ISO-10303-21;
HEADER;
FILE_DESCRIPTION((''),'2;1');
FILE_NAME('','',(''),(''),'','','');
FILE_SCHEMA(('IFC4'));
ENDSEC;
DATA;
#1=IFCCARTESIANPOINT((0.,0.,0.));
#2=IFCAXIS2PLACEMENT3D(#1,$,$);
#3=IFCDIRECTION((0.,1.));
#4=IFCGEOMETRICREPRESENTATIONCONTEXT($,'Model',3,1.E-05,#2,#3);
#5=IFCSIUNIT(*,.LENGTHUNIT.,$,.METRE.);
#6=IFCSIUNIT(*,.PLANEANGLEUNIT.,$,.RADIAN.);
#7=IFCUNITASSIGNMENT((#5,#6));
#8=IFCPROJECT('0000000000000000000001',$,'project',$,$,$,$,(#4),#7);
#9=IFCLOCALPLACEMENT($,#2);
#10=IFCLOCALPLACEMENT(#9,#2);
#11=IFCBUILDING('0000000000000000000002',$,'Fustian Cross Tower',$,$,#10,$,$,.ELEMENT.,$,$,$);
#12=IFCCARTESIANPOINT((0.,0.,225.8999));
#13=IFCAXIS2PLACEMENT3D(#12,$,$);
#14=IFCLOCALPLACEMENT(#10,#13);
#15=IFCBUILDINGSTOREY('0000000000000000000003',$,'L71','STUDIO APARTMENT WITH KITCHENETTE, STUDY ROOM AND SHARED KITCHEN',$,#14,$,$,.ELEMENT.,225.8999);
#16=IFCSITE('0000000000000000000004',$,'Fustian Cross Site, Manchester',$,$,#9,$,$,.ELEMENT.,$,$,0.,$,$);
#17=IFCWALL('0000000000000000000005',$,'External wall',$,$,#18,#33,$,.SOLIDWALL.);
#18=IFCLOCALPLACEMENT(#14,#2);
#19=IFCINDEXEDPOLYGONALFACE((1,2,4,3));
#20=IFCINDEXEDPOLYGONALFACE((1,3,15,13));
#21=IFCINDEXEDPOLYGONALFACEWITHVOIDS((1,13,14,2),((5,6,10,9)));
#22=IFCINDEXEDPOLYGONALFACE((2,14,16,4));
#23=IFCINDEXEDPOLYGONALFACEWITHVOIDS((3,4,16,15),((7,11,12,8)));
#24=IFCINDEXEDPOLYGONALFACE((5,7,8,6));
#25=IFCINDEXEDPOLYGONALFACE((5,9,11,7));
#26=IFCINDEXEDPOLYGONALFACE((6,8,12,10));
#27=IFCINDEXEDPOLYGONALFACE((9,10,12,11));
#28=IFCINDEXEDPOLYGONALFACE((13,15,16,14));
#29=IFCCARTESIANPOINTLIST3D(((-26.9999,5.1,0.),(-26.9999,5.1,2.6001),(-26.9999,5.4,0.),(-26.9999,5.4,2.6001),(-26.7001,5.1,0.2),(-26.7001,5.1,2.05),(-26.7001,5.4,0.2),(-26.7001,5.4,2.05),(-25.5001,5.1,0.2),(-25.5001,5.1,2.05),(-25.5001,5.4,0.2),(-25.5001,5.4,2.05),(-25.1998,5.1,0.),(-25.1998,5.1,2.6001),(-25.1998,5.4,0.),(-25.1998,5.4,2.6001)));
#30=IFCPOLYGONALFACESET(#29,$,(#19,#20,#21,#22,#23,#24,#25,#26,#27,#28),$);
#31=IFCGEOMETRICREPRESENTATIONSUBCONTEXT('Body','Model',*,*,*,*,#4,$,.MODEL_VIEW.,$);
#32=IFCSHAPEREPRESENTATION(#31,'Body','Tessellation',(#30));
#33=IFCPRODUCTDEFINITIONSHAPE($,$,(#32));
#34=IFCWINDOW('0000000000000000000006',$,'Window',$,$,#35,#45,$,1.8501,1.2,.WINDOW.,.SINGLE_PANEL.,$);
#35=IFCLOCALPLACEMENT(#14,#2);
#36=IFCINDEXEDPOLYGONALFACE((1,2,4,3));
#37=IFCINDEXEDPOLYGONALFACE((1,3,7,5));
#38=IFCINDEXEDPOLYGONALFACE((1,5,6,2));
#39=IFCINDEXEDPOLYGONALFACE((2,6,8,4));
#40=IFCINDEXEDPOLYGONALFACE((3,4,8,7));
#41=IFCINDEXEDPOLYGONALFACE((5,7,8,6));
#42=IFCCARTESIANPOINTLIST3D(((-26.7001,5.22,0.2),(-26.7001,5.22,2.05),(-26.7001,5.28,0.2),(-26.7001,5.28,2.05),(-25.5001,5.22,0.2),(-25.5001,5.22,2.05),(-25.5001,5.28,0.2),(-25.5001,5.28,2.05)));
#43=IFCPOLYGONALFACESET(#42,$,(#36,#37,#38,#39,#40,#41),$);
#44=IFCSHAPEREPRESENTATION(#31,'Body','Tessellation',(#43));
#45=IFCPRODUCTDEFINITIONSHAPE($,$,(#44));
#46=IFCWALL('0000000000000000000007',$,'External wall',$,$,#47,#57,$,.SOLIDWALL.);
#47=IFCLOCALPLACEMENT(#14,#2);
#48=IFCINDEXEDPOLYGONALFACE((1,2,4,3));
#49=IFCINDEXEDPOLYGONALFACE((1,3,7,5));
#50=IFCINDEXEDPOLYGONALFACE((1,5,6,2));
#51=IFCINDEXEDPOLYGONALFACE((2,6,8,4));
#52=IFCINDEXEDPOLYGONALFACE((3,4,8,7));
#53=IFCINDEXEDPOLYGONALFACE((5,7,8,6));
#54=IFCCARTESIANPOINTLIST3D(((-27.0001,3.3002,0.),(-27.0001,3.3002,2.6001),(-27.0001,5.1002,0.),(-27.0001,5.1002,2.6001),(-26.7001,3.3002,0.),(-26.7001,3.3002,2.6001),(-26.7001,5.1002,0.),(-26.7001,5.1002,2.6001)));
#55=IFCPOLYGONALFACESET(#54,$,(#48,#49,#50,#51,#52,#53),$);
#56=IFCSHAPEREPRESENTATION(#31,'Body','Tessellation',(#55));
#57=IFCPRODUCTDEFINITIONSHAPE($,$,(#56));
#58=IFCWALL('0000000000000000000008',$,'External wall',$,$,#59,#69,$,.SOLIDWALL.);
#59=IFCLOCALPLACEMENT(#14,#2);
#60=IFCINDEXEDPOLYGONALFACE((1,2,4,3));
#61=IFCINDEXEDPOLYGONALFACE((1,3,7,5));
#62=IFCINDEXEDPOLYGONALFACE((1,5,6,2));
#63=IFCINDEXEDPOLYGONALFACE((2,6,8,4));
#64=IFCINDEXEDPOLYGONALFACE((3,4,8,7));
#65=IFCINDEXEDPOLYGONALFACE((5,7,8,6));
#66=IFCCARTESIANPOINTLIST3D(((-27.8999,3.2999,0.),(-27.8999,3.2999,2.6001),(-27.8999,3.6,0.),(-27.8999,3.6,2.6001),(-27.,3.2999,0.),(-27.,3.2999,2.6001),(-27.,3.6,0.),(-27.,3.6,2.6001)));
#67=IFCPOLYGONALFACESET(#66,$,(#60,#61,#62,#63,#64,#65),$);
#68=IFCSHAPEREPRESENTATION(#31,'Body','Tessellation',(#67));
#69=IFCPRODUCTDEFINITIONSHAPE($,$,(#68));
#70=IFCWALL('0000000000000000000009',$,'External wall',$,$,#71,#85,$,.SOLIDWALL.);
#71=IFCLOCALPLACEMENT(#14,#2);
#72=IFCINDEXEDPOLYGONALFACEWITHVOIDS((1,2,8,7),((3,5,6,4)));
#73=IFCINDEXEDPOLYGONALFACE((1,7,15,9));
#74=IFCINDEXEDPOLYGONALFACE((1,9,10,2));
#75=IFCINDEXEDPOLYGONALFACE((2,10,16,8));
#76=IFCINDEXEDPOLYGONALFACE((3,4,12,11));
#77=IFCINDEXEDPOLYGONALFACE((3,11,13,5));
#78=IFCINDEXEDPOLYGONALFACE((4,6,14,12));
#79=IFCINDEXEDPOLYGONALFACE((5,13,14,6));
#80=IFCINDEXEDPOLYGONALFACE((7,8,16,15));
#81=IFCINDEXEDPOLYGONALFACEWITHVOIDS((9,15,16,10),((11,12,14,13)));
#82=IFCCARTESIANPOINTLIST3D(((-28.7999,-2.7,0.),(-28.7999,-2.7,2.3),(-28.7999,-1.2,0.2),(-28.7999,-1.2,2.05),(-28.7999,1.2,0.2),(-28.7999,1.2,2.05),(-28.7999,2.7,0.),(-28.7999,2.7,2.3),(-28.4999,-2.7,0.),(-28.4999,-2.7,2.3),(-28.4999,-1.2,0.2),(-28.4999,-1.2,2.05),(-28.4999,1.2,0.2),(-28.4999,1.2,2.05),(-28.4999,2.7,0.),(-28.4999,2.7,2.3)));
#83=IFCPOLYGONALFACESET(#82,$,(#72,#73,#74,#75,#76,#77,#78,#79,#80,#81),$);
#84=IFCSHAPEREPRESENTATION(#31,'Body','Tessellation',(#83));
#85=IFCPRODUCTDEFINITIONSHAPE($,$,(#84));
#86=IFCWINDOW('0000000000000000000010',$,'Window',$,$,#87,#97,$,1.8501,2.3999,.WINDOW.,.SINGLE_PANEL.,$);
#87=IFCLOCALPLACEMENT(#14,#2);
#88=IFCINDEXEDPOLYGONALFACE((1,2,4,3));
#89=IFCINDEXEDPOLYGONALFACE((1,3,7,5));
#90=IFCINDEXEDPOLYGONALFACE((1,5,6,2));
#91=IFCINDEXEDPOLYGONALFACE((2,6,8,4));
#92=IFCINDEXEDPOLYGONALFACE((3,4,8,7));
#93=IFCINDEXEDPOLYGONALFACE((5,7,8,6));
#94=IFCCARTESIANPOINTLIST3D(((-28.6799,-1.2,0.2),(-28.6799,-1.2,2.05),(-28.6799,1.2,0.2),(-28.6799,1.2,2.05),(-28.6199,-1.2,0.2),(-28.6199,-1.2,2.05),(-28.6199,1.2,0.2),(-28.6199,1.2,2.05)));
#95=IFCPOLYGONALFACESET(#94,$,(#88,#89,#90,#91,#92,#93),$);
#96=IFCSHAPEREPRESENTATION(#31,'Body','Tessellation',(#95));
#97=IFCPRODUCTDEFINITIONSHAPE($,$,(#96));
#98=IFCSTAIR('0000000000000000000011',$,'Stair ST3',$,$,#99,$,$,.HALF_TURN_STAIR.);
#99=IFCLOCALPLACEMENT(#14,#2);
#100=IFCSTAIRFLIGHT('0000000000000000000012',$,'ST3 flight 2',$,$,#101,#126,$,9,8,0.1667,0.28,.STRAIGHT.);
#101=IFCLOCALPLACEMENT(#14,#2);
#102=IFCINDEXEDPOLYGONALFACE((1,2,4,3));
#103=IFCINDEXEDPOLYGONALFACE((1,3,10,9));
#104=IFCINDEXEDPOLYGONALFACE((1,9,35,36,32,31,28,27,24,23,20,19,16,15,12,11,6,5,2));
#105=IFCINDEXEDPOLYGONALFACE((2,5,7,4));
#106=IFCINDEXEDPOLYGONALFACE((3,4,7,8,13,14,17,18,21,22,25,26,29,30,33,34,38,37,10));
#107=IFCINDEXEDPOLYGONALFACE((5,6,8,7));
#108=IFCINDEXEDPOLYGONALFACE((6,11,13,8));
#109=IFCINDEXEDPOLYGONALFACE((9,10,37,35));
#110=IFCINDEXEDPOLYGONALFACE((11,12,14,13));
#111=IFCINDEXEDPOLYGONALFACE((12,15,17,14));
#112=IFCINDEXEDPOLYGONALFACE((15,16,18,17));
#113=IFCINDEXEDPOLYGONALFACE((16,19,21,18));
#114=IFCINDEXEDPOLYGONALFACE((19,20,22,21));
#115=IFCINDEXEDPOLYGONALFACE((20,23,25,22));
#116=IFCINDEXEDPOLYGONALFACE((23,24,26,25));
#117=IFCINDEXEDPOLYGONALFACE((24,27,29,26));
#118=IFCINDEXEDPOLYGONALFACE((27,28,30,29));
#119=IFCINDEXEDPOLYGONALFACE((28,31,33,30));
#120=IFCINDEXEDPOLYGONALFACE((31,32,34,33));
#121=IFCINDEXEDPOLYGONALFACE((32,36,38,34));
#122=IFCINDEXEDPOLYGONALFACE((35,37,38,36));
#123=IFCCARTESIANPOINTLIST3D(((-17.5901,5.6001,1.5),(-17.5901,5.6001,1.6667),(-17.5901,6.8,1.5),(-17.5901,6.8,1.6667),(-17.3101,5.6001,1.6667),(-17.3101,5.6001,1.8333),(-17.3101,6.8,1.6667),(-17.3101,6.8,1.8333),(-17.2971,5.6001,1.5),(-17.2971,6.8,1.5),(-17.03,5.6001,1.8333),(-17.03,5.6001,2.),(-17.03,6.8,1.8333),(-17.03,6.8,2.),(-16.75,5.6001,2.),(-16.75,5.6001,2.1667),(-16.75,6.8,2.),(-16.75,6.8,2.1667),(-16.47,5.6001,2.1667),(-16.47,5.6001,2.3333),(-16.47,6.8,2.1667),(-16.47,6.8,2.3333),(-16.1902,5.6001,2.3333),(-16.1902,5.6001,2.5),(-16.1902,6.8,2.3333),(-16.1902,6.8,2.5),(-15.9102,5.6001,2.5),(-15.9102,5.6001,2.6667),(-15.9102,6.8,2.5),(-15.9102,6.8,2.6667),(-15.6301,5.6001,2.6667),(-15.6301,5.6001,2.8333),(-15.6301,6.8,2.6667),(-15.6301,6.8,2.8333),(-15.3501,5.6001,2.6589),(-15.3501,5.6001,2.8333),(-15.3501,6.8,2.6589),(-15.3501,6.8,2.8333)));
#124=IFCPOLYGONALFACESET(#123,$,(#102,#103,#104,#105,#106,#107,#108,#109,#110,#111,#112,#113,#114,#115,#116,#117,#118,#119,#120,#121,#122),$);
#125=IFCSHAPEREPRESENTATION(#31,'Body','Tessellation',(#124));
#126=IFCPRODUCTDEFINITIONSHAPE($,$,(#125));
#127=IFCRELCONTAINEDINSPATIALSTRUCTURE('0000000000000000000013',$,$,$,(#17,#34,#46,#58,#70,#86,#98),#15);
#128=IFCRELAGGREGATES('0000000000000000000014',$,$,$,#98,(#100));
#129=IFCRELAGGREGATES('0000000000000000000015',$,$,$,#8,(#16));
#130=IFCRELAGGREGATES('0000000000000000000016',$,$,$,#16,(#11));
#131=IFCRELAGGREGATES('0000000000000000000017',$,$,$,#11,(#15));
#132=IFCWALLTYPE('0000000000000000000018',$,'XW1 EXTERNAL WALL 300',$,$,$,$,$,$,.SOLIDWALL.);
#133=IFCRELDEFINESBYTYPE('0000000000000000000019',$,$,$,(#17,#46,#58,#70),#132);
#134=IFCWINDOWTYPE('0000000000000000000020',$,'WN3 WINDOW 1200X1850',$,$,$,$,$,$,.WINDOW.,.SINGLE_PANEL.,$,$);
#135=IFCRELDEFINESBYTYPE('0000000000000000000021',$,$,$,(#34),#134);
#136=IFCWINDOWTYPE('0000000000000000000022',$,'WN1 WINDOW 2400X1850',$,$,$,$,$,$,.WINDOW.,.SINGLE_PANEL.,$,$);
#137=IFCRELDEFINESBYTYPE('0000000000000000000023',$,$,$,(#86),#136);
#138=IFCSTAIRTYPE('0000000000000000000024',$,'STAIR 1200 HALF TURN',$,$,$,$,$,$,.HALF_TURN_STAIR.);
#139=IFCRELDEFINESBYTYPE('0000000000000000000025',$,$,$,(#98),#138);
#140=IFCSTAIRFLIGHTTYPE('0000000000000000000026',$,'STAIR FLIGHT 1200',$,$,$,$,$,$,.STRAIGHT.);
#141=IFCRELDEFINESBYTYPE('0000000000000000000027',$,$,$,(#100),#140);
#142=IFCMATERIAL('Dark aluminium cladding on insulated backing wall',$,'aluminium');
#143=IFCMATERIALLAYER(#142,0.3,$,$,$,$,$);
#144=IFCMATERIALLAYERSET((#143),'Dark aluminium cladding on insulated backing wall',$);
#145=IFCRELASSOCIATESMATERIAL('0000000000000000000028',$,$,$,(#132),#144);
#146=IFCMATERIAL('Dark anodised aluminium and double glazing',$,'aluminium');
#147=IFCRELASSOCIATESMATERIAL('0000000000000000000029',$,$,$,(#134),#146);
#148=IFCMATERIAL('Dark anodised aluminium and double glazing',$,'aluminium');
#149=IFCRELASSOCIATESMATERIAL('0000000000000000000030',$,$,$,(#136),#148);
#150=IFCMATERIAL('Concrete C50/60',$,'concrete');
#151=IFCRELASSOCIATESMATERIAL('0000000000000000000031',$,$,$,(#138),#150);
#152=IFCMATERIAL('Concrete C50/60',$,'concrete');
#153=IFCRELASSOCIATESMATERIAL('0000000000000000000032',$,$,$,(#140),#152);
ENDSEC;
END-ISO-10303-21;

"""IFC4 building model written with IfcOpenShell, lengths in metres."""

from ifc_helpers import new_model, si_unit, direction, frame, frame_2d, origin, place, context, subcontext, project, spatial, polyline, rectangle, outline, extrude, material, layer, layer_set, type_object, element, fill, aggregate, save


model = new_model("IFC4")

# Units and contexts
model_context = context("Model", 3, precision=1e-05, world=origin(), true_north=direction((0.0, 1.0)))
body_context = subcontext(model_context, "Body", "Model", "MODEL_VIEW")
ifc_project = project(units=[si_unit("LENGTHUNIT", "METRE"), si_unit("PLANEANGLEUNIT", "RADIAN")], contexts=[model_context])

# Site, building, storey
site_placement = place(None, origin())
site = spatial("IfcSite", under=ifc_project, at=site_placement, Name="Fustian Cross Site, Manchester", CompositionType="ELEMENT", RefElevation=0.0)
building_placement = place(site_placement, origin())
building = spatial("IfcBuilding", under=site, at=building_placement, Name="Fustian Cross Tower", CompositionType="ELEMENT")
storey_placement = place(building_placement, frame((0.0, 0.0, 225.8999)))
storey = spatial("IfcBuildingStorey", under=building, at=storey_placement, Name="L71", Description="STUDIO APARTMENT WITH KITCHENETTE, STUDY ROOM AND SHARED KITCHEN", CompositionType="ELEMENT", Elevation=225.8999)

# Shared definitions
ifc_material_1 = material(Name="Dark aluminium cladding on insulated backing wall", Category="aluminium")
ifc_layer_1 = layer(ifc_material_1, 0.3)
ifc_layer_set_1 = layer_set([ifc_layer_1], Name="Dark aluminium cladding on insulated backing wall")
wall_type_1 = type_object("IfcWallType", Name="XW1 EXTERNAL WALL 300", PredefinedType="SOLIDWALL", material=ifc_layer_set_1)
ifc_material_2 = material(Name="Dark anodised aluminium and double glazing", Category="aluminium")
window_type_1 = type_object("IfcWindowType", Name="WN3 WINDOW 1200X1850", PartitioningType="SINGLE_PANEL", PredefinedType="WINDOW", material=ifc_material_2)

# Wall, opening, window
wall_1_placement = place(storey_placement, frame((-25.2, 5.25, 0.0), z_axis=(0.0, 0.0, 1.0), x_axis=(-1.0, 0.0, 0.0)))
wall_1 = element("IfcWall", 1, at=wall_1_placement, inside=storey, type_object=wall_type_1, Name="External wall", PredefinedType="SOLIDWALL", context=body_context, shape_type="SweptSolid", body=[
    extrude(rectangle(XDim=1.8, YDim=0.3, at=frame_2d((0.8999, 0.0))), origin(), (0.0, 0.0, 1.0), 2.6001),
])
opening_1_placement = place(wall_1_placement, frame((0.3, 0.0, 0.2)))
opening_1 = element("IfcOpeningElement", 2, at=opening_1_placement, cuts=wall_1, PredefinedType="OPENING", context=body_context, shape_type="SweptSolid", body=[
    extrude(rectangle(XDim=1.2, YDim=1.8501, at=frame_2d((0.6001, 0.925))), frame((0.0, 0.1599, 0.0), z_axis=(0.0, -1.0, 0.0), x_axis=(1.0, 0.0, 0.0)), (0.0, 0.0, 1.0), 0.3201),
])
window_1_placement = place(opening_1_placement, origin())
window_1 = element("IfcWindow", 3, at=window_1_placement, inside=storey, type_object=window_type_1, Name="Window", OverallHeight=1.8501, OverallWidth=1.2, PartitioningType="SINGLE_PANEL", PredefinedType="WINDOW", context=body_context, shape_type="SweptSolid", body=[
    extrude(rectangle(XDim=1.2, YDim=1.8501, at=frame_2d((0.6001, 0.925))), frame((0.0, 0.03, 0.0), z_axis=(0.0, -1.0, 0.0), x_axis=(1.0, 0.0, 0.0)), (0.0, 0.0, 1.0), 0.0601),
])
fill(opening_1, window_1)

# Walls
wall_2_placement = place(storey_placement, frame((-26.8501, 5.1001, 0.0), z_axis=(0.0, 0.0, 1.0), x_axis=(0.0, -1.0, 0.0)))
element("IfcWall", 4, at=wall_2_placement, inside=storey, type_object=wall_type_1, Name="External wall", PredefinedType="SOLIDWALL", context=body_context, shape_type="SweptSolid", body=[
    extrude(rectangle(XDim=1.8, YDim=0.3, at=frame_2d((0.8999, 0.0))), origin(), (0.0, 0.0, 1.0), 2.6001),
])
wall_3_placement = place(storey_placement, frame((-27.0, 3.45, 0.0), z_axis=(0.0, 0.0, 1.0), x_axis=(-1.0, 0.0, 0.0)))
element("IfcWall", 5, at=wall_3_placement, inside=storey, type_object=wall_type_1, Name="External wall", PredefinedType="SOLIDWALL", context=body_context, shape_type="SweptSolid", body=[
    extrude(rectangle(XDim=0.8999, YDim=0.3, at=frame_2d((0.45, 0.0))), origin(), (0.0, 0.0, 1.0), 2.6001),
])

# Wall, opening, window
wall_4_placement = place(storey_placement, frame((-28.6499, 2.7, 0.0), z_axis=(0.0, 0.0, 1.0), x_axis=(0.0, -1.0, 0.0)))
wall_4 = element("IfcWall", 6, at=wall_4_placement, inside=storey, type_object=wall_type_1, Name="External wall", PredefinedType="SOLIDWALL", context=body_context, shape_type="SweptSolid", body=[
    extrude(rectangle(XDim=5.3999, YDim=0.3, at=frame_2d((2.7, 0.0))), origin(), (0.0, 0.0, 1.0), 2.3),
])
opening_2_placement = place(wall_4_placement, frame((1.5, 0.0, 0.2)))
opening_2 = element("IfcOpeningElement", 7, at=opening_2_placement, cuts=wall_4, PredefinedType="OPENING", context=body_context, shape_type="SweptSolid", body=[
    extrude(rectangle(XDim=2.3999, YDim=1.8501, at=frame_2d((1.2, 0.925))), frame((0.0, 0.1599, 0.0), z_axis=(0.0, -1.0, 0.0), x_axis=(1.0, 0.0, 0.0)), (0.0, 0.0, 1.0), 0.3201),
])
ifc_material_3 = material(Name="Dark anodised aluminium and double glazing", Category="aluminium")
window_type_2 = type_object("IfcWindowType", Name="WN1 WINDOW 2400X1850", PartitioningType="SINGLE_PANEL", PredefinedType="WINDOW", material=ifc_material_3)
window_2_placement = place(opening_2_placement, origin())
window_2 = element("IfcWindow", 8, at=window_2_placement, inside=storey, type_object=window_type_2, Name="Window", OverallHeight=1.8501, OverallWidth=2.3999, PartitioningType="SINGLE_PANEL", PredefinedType="WINDOW", context=body_context, shape_type="SweptSolid", body=[
    extrude(rectangle(XDim=2.3999, YDim=1.8501, at=frame_2d((1.2, 0.925))), frame((0.0, 0.03, 0.0), z_axis=(0.0, -1.0, 0.0), x_axis=(1.0, 0.0, 0.0)), (0.0, 0.0, 1.0), 0.0601),
])
fill(opening_2, window_2)

# Stair, stair flight
ifc_material_4 = material(Name="Concrete C50/60", Category="concrete")
stair_type = type_object("IfcStairType", Name="STAIR 1200 HALF TURN", PredefinedType="HALF_TURN_STAIR", material=ifc_material_4)
stair_placement = place(storey_placement, origin())
stair = element("IfcStair", 9, at=stair_placement, inside=storey, type_object=stair_type, Name="Stair ST3", PredefinedType="HALF_TURN_STAIR")
ifc_material_5 = material(Name="Concrete C50/60", Category="concrete")
stair_flight_type = type_object("IfcStairFlightType", Name="STAIR FLIGHT 1200", PredefinedType="STRAIGHT", material=ifc_material_5)
stair_flight_placement = place(storey_placement, frame((-17.5901, 6.2, 1.5), z_axis=(0.0, 0.0, 1.0), x_axis=(1.0, 0.0, 0.0)))
stair_flight = element("IfcStairFlight", 10, at=stair_flight_placement, type_object=stair_flight_type, Name="ST3 flight 2", NumberOfRisers=9, NumberOfTreads=8, PredefinedType="STRAIGHT", RiserHeight=0.1667, TreadLength=0.28, context=body_context, shape_type="SweptSolid", body=[
    extrude(outline(polyline([(0.0, 0.0), (0.0, 0.1667), (0.28, 0.1667), (0.28, 0.3333), (0.5601, 0.3333), (0.5601, 0.5), (0.8401, 0.5), (0.8401, 0.6667), (1.1201, 0.6667), (1.1201, 0.8333), (1.3999, 0.8333), (1.3999, 1.0), (1.6799, 1.0), (1.6799, 1.1667), (1.96, 1.1667), (1.96, 1.3333), (2.24, 1.3333), (2.24, 1.5), (2.24, 1.1589), (0.293, 0.0), (0.0, 0.0)])), frame((0.0, 0.6001, 0.0), z_axis=(0.0, -1.0, 0.0), x_axis=(1.0, 0.0, 0.0)), (0.0, 0.0, 1.0), 1.2),
])
aggregate(stair, [stair_flight])

save(model, "model.ifc")
